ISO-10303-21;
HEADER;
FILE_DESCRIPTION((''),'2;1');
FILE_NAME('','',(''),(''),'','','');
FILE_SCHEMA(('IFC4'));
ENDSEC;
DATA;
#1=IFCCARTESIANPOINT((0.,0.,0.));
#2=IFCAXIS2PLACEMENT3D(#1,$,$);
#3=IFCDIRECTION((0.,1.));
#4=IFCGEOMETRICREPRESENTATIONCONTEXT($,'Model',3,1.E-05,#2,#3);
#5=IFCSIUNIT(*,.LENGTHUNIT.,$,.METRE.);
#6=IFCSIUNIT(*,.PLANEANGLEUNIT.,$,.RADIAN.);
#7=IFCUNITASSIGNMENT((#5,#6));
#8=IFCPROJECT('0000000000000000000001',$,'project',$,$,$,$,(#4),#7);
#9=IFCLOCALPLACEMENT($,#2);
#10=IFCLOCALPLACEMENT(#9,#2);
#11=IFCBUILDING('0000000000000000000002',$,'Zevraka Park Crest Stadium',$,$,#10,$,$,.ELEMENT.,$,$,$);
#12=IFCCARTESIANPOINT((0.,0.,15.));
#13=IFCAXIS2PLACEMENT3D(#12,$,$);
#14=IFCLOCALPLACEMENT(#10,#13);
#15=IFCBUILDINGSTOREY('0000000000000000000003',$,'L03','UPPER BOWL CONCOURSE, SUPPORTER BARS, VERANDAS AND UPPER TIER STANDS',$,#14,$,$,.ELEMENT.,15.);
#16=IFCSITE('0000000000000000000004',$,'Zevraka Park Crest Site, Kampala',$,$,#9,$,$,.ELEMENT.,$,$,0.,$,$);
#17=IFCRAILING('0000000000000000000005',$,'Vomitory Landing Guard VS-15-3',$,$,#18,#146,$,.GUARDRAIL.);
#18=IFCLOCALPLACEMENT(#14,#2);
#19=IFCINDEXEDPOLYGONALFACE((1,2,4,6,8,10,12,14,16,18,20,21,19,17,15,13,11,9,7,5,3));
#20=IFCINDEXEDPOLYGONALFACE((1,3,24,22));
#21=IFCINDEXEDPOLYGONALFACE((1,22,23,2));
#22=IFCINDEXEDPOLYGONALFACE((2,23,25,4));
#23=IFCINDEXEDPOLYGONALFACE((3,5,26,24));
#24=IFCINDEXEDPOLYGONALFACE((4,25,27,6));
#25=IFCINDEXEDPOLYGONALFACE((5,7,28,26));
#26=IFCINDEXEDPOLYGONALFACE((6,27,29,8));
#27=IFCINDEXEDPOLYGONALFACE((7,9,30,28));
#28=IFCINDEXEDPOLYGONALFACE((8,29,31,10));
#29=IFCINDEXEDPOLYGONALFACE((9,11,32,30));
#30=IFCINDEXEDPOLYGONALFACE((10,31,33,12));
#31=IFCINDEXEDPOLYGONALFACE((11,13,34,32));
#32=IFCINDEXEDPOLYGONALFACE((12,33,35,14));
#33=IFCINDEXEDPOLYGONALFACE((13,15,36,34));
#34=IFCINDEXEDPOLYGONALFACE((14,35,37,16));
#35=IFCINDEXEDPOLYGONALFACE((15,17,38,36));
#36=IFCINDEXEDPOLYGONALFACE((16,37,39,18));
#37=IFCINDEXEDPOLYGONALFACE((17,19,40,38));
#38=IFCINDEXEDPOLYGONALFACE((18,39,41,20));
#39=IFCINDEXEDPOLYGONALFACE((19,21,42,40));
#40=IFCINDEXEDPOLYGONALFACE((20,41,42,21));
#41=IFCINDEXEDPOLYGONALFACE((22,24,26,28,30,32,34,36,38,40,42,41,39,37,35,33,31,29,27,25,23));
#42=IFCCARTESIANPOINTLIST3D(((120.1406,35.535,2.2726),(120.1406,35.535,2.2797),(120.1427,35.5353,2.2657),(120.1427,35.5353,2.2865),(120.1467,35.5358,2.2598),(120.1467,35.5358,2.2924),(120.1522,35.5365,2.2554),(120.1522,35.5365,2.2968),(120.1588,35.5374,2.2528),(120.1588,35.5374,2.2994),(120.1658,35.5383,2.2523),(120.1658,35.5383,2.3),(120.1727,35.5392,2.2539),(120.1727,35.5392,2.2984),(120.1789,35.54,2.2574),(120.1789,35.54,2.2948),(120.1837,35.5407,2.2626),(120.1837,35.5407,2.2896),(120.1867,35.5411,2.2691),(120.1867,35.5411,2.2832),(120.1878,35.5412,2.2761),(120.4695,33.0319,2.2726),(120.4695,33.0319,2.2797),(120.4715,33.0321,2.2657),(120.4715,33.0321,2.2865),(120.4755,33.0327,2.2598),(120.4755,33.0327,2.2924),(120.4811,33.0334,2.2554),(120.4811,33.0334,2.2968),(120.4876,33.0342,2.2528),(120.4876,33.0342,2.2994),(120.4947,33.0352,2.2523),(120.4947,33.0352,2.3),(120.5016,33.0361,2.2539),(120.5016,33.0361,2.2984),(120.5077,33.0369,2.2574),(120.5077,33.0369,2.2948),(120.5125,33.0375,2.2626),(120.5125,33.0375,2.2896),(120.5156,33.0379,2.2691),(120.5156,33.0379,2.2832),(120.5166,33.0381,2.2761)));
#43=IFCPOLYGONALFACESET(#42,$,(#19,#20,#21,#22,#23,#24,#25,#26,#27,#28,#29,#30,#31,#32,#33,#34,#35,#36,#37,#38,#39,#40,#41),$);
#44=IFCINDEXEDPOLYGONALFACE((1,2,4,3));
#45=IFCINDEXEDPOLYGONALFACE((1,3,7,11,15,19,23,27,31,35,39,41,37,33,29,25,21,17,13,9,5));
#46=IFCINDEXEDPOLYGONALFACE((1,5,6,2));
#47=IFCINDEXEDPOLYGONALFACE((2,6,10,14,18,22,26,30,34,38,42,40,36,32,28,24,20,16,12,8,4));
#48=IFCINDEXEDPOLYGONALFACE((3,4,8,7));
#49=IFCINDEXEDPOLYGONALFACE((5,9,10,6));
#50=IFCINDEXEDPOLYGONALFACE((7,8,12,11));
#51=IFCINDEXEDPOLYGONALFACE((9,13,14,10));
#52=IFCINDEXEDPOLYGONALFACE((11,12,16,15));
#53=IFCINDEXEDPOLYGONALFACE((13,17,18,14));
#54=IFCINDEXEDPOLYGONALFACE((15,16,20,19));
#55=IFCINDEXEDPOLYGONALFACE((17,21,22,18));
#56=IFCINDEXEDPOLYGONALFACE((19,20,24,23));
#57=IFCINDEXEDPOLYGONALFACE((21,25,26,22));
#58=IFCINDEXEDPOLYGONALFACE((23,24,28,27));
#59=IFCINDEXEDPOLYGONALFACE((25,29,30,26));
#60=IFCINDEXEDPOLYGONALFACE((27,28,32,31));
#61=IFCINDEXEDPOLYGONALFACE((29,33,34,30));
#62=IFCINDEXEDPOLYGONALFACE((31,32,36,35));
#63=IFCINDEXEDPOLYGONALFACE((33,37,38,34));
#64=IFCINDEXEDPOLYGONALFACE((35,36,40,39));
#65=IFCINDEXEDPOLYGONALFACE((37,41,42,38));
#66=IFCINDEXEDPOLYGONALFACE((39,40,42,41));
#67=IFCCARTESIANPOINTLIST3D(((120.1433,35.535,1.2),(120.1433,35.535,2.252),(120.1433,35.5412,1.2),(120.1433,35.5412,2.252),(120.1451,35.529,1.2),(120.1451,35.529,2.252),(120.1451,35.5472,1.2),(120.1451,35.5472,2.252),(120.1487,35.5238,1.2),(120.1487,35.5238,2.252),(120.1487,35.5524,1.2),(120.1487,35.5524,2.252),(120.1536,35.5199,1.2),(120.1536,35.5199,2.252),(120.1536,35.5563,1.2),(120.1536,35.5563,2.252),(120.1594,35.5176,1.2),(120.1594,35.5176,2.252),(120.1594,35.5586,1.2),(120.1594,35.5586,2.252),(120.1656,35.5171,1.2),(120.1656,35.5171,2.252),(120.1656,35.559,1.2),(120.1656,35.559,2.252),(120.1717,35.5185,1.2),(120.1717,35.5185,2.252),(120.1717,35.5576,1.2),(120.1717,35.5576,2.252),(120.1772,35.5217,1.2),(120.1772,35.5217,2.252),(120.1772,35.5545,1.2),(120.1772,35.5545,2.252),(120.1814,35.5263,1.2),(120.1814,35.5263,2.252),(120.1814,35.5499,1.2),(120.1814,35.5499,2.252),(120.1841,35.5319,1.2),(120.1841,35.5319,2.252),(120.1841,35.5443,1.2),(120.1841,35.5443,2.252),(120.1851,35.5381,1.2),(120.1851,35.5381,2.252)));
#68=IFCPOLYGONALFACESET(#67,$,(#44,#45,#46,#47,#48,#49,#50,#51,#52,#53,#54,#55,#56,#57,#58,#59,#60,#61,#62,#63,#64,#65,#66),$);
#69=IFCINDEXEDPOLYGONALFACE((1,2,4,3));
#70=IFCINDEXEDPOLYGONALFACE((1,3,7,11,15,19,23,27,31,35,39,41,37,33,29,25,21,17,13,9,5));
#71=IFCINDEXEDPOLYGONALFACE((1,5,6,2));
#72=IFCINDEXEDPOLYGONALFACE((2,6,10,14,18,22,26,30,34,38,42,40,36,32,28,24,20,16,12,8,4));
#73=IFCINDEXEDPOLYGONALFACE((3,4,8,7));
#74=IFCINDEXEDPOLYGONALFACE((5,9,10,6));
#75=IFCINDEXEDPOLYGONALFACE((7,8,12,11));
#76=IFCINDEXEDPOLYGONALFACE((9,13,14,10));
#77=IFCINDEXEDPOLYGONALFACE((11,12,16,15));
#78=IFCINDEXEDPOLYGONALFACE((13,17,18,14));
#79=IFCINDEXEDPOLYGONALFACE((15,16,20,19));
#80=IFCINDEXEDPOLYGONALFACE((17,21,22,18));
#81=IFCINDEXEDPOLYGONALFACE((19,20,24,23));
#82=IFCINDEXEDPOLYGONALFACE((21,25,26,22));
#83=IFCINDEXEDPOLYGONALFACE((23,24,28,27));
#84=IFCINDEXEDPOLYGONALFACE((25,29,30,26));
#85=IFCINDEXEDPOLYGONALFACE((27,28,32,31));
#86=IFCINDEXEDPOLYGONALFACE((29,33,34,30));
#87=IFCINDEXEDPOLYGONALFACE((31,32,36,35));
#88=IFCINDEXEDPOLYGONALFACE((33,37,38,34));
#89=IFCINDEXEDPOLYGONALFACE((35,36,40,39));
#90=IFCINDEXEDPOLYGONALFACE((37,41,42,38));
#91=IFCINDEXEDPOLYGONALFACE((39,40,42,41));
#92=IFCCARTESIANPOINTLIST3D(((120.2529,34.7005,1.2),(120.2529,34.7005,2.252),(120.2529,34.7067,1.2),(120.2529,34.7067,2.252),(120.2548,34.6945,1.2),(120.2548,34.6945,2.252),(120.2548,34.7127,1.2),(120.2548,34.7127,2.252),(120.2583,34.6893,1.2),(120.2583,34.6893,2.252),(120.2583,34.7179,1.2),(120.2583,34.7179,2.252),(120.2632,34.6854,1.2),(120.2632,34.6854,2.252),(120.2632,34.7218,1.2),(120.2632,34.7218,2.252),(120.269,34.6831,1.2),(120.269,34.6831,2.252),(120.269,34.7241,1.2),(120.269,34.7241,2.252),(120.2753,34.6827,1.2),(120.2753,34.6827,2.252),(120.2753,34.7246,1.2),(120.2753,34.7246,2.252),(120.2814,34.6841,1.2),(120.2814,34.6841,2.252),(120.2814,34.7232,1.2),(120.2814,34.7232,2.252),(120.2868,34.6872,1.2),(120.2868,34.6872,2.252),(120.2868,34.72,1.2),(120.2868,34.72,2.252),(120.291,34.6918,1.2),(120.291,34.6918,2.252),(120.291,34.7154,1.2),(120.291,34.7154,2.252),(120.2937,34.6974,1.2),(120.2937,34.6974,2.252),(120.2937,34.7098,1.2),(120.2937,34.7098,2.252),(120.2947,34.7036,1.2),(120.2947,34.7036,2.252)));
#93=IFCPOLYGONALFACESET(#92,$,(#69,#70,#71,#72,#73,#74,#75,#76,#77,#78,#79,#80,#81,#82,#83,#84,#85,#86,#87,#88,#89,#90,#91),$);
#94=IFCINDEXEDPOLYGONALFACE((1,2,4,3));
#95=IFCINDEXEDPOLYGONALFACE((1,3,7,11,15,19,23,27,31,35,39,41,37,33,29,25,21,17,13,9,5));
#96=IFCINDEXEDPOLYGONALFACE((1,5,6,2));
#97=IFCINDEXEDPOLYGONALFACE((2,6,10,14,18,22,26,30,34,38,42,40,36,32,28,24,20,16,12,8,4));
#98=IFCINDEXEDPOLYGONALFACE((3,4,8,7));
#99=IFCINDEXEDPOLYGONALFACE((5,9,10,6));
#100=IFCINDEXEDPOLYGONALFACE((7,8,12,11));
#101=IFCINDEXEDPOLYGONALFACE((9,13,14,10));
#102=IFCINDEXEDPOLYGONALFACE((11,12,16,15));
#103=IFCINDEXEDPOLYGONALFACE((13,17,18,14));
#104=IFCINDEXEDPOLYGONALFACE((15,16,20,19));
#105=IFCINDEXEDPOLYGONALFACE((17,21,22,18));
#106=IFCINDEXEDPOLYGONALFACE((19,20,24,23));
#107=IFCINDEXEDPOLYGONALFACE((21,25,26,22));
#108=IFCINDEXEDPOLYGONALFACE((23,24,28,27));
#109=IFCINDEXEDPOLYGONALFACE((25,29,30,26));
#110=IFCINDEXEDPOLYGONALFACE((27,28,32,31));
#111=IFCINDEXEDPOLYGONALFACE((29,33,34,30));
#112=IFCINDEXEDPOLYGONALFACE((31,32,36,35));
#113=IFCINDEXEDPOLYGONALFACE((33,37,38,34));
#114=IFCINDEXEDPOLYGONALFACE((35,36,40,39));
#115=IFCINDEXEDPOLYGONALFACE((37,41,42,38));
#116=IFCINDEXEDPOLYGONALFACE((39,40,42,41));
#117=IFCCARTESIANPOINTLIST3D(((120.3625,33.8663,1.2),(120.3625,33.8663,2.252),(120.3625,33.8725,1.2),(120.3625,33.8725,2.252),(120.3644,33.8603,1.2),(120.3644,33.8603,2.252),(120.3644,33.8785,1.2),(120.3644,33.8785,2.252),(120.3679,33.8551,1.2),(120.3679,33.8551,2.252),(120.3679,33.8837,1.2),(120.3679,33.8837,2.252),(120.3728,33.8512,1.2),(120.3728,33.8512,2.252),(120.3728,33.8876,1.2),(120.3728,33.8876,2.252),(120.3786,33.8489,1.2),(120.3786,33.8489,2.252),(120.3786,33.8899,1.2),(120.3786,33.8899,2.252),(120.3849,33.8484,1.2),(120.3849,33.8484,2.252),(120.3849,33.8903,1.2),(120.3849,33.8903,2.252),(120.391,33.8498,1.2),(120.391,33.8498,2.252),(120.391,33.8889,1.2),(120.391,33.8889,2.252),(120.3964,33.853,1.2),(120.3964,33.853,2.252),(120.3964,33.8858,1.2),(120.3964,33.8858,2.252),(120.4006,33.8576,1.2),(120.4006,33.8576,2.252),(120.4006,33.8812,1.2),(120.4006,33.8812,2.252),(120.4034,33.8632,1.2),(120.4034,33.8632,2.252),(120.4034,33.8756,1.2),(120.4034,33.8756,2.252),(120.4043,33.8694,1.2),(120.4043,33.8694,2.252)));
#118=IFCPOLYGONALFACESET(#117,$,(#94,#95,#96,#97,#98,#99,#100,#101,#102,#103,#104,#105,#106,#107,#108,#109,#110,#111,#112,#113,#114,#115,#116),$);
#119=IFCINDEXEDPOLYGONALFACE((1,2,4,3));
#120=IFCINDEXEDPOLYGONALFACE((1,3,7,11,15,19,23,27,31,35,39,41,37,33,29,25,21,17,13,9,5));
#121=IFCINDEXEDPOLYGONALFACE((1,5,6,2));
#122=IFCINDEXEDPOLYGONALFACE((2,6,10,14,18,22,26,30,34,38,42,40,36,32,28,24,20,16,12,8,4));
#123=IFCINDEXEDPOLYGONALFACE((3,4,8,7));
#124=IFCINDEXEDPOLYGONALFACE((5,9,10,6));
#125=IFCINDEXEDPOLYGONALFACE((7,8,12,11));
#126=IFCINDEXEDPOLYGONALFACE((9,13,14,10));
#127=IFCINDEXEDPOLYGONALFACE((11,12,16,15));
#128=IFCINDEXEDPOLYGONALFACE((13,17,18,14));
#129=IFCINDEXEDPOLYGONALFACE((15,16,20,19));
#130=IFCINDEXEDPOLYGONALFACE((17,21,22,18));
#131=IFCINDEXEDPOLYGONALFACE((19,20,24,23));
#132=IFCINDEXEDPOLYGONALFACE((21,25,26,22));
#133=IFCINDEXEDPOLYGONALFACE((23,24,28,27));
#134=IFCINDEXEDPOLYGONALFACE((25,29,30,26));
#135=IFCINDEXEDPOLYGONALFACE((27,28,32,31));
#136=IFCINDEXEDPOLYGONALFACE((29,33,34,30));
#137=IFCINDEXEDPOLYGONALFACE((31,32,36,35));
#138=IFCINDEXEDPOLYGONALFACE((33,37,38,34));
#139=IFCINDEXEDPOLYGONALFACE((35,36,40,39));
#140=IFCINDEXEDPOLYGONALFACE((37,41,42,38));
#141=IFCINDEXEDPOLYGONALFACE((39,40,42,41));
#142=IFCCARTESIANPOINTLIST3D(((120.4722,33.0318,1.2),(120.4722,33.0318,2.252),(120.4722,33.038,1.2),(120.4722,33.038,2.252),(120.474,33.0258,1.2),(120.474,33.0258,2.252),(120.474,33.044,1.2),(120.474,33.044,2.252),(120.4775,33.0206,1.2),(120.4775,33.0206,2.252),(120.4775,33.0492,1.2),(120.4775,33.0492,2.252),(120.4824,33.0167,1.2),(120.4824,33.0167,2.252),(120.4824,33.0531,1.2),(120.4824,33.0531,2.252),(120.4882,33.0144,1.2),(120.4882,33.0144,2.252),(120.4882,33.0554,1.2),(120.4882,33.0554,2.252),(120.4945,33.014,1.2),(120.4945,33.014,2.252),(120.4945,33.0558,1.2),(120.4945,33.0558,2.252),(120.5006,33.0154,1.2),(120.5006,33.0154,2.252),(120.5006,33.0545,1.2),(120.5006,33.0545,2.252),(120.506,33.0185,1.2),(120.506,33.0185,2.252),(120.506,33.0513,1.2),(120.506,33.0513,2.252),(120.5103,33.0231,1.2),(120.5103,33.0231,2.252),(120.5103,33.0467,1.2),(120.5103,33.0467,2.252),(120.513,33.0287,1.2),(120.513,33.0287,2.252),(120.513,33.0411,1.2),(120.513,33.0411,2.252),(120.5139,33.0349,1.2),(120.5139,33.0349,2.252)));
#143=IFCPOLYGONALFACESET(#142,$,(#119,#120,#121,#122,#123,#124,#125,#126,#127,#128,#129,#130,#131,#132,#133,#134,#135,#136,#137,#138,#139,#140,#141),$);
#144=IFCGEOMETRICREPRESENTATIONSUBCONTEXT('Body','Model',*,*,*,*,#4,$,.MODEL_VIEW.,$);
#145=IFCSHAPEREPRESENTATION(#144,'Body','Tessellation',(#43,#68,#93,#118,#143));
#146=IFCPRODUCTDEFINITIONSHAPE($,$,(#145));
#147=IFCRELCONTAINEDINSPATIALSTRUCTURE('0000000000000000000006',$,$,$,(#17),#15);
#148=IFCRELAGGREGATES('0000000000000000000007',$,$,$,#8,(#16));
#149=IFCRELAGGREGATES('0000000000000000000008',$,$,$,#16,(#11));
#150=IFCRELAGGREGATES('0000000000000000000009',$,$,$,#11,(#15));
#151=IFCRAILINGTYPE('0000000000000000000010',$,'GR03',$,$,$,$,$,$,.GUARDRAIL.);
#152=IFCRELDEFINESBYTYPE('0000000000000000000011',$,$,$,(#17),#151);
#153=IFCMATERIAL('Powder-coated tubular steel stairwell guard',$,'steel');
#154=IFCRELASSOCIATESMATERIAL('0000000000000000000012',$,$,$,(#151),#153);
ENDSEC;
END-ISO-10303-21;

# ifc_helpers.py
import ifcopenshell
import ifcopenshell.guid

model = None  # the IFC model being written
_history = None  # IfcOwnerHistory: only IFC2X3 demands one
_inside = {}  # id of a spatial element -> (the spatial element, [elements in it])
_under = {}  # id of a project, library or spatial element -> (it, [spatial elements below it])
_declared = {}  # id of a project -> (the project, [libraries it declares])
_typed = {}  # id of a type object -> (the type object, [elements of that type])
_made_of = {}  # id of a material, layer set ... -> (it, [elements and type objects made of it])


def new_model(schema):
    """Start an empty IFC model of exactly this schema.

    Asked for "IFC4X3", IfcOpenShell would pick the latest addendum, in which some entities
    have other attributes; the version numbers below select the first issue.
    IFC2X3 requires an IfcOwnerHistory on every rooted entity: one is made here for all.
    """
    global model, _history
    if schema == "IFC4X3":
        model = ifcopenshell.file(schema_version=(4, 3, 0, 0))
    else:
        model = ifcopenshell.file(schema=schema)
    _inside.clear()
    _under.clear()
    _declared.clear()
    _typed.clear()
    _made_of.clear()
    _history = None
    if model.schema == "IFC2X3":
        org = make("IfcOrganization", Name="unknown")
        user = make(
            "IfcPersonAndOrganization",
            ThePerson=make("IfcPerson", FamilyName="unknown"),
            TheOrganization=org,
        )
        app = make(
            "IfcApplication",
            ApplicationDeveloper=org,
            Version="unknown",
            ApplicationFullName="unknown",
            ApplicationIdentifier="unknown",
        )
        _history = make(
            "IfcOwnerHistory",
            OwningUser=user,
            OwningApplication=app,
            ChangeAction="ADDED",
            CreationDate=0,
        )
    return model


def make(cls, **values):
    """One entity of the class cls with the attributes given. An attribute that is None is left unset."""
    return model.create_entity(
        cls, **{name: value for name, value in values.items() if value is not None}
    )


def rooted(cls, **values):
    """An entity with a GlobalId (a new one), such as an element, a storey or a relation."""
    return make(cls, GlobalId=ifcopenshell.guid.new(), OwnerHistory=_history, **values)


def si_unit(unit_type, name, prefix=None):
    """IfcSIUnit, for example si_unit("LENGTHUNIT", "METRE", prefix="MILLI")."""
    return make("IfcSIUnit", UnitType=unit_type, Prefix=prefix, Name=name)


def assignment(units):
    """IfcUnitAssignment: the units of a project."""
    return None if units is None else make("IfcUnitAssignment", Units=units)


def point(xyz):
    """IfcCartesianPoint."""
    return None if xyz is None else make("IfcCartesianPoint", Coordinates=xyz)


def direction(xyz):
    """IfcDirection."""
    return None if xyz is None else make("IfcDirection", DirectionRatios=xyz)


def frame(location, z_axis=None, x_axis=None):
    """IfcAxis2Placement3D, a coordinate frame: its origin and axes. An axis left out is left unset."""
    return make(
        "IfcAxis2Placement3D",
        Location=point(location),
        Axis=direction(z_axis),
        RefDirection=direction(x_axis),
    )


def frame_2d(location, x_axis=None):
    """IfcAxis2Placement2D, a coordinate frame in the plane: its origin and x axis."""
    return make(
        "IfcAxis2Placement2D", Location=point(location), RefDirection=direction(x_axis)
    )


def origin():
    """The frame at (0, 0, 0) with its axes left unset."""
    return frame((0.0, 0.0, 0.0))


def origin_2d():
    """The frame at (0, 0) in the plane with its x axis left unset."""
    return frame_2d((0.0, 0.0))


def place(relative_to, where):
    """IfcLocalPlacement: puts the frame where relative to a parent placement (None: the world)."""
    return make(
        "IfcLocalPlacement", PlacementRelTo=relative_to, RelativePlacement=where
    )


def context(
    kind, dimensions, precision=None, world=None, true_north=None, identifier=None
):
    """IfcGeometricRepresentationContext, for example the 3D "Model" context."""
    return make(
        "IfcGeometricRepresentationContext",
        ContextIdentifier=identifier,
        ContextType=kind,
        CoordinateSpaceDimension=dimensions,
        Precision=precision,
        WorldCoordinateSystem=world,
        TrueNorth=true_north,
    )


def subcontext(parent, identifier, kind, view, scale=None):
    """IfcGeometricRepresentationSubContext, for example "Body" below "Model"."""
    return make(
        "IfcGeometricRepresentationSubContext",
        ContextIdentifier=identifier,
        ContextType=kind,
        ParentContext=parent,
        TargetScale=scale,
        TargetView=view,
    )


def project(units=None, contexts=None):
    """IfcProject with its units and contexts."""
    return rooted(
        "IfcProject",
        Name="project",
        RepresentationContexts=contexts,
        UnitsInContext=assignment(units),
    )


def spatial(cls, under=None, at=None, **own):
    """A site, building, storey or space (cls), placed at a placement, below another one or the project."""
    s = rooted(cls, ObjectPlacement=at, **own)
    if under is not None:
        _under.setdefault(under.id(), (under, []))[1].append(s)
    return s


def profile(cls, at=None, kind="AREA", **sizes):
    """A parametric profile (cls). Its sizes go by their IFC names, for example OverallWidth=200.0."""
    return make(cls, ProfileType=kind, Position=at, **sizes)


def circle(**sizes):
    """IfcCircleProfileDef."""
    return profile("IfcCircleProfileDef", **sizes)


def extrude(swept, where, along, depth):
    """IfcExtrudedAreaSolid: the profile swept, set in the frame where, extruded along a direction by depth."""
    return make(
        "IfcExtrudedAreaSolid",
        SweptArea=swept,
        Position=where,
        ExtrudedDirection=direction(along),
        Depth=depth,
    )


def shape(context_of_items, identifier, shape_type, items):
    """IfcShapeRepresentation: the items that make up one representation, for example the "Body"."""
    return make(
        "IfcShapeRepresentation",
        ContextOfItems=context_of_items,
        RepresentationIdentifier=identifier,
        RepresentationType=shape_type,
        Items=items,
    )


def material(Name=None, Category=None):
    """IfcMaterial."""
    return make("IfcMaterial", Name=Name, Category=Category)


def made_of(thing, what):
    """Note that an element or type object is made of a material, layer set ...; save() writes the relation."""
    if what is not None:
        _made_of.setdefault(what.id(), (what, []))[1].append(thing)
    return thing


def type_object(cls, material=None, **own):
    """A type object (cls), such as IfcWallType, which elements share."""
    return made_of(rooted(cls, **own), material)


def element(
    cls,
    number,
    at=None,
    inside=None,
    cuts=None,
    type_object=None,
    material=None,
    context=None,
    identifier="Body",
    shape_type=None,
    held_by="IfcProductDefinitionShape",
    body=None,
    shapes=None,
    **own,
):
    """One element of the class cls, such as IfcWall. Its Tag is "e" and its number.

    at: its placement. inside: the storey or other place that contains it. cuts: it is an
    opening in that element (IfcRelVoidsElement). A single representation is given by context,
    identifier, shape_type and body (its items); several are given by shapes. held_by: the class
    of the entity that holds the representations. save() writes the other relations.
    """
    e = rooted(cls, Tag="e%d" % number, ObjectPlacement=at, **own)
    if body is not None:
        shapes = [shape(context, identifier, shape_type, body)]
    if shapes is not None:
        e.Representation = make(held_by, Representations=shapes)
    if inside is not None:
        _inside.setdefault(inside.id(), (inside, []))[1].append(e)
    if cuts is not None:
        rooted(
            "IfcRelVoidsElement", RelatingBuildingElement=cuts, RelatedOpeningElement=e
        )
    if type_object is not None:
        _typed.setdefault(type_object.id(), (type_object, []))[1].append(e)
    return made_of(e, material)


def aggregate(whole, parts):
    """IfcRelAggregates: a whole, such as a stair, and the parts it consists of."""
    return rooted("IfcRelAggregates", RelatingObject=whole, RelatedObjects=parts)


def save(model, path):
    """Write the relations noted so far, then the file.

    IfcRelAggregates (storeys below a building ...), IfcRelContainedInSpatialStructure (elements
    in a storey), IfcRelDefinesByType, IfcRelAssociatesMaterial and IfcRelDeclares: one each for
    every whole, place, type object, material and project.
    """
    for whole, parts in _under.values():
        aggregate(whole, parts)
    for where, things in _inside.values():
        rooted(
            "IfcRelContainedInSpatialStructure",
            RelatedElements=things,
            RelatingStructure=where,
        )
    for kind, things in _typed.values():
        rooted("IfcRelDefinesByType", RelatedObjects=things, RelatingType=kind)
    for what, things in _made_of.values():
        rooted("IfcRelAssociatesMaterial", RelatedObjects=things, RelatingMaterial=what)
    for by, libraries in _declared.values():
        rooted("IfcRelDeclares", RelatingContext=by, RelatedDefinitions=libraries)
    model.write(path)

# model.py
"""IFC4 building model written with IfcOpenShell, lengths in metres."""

from ifc_helpers import new_model, si_unit, direction, frame, origin, origin_2d, place, context, subcontext, project, spatial, circle, extrude, material, type_object, element, save


model = new_model("IFC4")

# Units and contexts
model_context = context("Model", 3, precision=1e-05, world=origin(), true_north=direction((0.0, 1.0)))
body_context = subcontext(model_context, "Body", "Model", "MODEL_VIEW")
ifc_project = project(units=[si_unit("LENGTHUNIT", "METRE"), si_unit("PLANEANGLEUNIT", "RADIAN")], contexts=[model_context])

# Site, building, storey
site_placement = place(None, origin())
site = spatial("IfcSite", under=ifc_project, at=site_placement, Name="Zevraka Park Crest Site, Kampala", CompositionType="ELEMENT", RefElevation=0.0)
building_placement = place(site_placement, origin())
building = spatial("IfcBuilding", under=site, at=building_placement, Name="Zevraka Park Crest Stadium", CompositionType="ELEMENT")
storey_placement = place(building_placement, frame((0.0, 0.0, 15.0)))
storey = spatial("IfcBuildingStorey", under=building, at=storey_placement, Name="L03", Description="UPPER BOWL CONCOURSE, SUPPORTER BARS, VERANDAS AND UPPER TIER STANDS", CompositionType="ELEMENT", Elevation=15.0)

# Railing
ifc_material_1 = material(Name="Powder-coated tubular steel stairwell guard", Category="steel")
railing_type_1 = type_object("IfcRailingType", Name="GR03", PredefinedType="GUARDRAIL", material=ifc_material_1)
railing_1_placement = place(storey_placement, frame((120.1641, 35.5381, 1.2)))
element("IfcRailing", 1, at=railing_1_placement, inside=storey, type_object=railing_type_1, Name="Vomitory Landing Guard VS-15-3", PredefinedType="GUARDRAIL", context=body_context, shape_type="SweptSolid", body=[
    extrude(circle(Radius=0.0239, at=origin_2d()), frame((0.0, 0.0, 1.0762), z_axis=(0.130257, -0.99148, 0.0), x_axis=(0.99148, 0.130257, 0.0)), (0.0, 0.0, 1.0), 2.5247),
    extrude(circle(Radius=0.021, at=origin_2d()), origin(), (0.0, 0.0, 1.0), 1.052),
    extrude(circle(Radius=0.021, at=origin_2d()), frame((0.1096, -0.8345, 0.0)), (0.0, 0.0, 1.0), 1.052),
    extrude(circle(Radius=0.021, at=origin_2d()), frame((0.2192, -1.6687, 0.0)), (0.0, 0.0, 1.0), 1.052),
    extrude(circle(Radius=0.021, at=origin_2d()), frame((0.3289, -2.5032, 0.0)), (0.0, 0.0, 1.0), 1.052),
])

save(model, "model.ifc")
